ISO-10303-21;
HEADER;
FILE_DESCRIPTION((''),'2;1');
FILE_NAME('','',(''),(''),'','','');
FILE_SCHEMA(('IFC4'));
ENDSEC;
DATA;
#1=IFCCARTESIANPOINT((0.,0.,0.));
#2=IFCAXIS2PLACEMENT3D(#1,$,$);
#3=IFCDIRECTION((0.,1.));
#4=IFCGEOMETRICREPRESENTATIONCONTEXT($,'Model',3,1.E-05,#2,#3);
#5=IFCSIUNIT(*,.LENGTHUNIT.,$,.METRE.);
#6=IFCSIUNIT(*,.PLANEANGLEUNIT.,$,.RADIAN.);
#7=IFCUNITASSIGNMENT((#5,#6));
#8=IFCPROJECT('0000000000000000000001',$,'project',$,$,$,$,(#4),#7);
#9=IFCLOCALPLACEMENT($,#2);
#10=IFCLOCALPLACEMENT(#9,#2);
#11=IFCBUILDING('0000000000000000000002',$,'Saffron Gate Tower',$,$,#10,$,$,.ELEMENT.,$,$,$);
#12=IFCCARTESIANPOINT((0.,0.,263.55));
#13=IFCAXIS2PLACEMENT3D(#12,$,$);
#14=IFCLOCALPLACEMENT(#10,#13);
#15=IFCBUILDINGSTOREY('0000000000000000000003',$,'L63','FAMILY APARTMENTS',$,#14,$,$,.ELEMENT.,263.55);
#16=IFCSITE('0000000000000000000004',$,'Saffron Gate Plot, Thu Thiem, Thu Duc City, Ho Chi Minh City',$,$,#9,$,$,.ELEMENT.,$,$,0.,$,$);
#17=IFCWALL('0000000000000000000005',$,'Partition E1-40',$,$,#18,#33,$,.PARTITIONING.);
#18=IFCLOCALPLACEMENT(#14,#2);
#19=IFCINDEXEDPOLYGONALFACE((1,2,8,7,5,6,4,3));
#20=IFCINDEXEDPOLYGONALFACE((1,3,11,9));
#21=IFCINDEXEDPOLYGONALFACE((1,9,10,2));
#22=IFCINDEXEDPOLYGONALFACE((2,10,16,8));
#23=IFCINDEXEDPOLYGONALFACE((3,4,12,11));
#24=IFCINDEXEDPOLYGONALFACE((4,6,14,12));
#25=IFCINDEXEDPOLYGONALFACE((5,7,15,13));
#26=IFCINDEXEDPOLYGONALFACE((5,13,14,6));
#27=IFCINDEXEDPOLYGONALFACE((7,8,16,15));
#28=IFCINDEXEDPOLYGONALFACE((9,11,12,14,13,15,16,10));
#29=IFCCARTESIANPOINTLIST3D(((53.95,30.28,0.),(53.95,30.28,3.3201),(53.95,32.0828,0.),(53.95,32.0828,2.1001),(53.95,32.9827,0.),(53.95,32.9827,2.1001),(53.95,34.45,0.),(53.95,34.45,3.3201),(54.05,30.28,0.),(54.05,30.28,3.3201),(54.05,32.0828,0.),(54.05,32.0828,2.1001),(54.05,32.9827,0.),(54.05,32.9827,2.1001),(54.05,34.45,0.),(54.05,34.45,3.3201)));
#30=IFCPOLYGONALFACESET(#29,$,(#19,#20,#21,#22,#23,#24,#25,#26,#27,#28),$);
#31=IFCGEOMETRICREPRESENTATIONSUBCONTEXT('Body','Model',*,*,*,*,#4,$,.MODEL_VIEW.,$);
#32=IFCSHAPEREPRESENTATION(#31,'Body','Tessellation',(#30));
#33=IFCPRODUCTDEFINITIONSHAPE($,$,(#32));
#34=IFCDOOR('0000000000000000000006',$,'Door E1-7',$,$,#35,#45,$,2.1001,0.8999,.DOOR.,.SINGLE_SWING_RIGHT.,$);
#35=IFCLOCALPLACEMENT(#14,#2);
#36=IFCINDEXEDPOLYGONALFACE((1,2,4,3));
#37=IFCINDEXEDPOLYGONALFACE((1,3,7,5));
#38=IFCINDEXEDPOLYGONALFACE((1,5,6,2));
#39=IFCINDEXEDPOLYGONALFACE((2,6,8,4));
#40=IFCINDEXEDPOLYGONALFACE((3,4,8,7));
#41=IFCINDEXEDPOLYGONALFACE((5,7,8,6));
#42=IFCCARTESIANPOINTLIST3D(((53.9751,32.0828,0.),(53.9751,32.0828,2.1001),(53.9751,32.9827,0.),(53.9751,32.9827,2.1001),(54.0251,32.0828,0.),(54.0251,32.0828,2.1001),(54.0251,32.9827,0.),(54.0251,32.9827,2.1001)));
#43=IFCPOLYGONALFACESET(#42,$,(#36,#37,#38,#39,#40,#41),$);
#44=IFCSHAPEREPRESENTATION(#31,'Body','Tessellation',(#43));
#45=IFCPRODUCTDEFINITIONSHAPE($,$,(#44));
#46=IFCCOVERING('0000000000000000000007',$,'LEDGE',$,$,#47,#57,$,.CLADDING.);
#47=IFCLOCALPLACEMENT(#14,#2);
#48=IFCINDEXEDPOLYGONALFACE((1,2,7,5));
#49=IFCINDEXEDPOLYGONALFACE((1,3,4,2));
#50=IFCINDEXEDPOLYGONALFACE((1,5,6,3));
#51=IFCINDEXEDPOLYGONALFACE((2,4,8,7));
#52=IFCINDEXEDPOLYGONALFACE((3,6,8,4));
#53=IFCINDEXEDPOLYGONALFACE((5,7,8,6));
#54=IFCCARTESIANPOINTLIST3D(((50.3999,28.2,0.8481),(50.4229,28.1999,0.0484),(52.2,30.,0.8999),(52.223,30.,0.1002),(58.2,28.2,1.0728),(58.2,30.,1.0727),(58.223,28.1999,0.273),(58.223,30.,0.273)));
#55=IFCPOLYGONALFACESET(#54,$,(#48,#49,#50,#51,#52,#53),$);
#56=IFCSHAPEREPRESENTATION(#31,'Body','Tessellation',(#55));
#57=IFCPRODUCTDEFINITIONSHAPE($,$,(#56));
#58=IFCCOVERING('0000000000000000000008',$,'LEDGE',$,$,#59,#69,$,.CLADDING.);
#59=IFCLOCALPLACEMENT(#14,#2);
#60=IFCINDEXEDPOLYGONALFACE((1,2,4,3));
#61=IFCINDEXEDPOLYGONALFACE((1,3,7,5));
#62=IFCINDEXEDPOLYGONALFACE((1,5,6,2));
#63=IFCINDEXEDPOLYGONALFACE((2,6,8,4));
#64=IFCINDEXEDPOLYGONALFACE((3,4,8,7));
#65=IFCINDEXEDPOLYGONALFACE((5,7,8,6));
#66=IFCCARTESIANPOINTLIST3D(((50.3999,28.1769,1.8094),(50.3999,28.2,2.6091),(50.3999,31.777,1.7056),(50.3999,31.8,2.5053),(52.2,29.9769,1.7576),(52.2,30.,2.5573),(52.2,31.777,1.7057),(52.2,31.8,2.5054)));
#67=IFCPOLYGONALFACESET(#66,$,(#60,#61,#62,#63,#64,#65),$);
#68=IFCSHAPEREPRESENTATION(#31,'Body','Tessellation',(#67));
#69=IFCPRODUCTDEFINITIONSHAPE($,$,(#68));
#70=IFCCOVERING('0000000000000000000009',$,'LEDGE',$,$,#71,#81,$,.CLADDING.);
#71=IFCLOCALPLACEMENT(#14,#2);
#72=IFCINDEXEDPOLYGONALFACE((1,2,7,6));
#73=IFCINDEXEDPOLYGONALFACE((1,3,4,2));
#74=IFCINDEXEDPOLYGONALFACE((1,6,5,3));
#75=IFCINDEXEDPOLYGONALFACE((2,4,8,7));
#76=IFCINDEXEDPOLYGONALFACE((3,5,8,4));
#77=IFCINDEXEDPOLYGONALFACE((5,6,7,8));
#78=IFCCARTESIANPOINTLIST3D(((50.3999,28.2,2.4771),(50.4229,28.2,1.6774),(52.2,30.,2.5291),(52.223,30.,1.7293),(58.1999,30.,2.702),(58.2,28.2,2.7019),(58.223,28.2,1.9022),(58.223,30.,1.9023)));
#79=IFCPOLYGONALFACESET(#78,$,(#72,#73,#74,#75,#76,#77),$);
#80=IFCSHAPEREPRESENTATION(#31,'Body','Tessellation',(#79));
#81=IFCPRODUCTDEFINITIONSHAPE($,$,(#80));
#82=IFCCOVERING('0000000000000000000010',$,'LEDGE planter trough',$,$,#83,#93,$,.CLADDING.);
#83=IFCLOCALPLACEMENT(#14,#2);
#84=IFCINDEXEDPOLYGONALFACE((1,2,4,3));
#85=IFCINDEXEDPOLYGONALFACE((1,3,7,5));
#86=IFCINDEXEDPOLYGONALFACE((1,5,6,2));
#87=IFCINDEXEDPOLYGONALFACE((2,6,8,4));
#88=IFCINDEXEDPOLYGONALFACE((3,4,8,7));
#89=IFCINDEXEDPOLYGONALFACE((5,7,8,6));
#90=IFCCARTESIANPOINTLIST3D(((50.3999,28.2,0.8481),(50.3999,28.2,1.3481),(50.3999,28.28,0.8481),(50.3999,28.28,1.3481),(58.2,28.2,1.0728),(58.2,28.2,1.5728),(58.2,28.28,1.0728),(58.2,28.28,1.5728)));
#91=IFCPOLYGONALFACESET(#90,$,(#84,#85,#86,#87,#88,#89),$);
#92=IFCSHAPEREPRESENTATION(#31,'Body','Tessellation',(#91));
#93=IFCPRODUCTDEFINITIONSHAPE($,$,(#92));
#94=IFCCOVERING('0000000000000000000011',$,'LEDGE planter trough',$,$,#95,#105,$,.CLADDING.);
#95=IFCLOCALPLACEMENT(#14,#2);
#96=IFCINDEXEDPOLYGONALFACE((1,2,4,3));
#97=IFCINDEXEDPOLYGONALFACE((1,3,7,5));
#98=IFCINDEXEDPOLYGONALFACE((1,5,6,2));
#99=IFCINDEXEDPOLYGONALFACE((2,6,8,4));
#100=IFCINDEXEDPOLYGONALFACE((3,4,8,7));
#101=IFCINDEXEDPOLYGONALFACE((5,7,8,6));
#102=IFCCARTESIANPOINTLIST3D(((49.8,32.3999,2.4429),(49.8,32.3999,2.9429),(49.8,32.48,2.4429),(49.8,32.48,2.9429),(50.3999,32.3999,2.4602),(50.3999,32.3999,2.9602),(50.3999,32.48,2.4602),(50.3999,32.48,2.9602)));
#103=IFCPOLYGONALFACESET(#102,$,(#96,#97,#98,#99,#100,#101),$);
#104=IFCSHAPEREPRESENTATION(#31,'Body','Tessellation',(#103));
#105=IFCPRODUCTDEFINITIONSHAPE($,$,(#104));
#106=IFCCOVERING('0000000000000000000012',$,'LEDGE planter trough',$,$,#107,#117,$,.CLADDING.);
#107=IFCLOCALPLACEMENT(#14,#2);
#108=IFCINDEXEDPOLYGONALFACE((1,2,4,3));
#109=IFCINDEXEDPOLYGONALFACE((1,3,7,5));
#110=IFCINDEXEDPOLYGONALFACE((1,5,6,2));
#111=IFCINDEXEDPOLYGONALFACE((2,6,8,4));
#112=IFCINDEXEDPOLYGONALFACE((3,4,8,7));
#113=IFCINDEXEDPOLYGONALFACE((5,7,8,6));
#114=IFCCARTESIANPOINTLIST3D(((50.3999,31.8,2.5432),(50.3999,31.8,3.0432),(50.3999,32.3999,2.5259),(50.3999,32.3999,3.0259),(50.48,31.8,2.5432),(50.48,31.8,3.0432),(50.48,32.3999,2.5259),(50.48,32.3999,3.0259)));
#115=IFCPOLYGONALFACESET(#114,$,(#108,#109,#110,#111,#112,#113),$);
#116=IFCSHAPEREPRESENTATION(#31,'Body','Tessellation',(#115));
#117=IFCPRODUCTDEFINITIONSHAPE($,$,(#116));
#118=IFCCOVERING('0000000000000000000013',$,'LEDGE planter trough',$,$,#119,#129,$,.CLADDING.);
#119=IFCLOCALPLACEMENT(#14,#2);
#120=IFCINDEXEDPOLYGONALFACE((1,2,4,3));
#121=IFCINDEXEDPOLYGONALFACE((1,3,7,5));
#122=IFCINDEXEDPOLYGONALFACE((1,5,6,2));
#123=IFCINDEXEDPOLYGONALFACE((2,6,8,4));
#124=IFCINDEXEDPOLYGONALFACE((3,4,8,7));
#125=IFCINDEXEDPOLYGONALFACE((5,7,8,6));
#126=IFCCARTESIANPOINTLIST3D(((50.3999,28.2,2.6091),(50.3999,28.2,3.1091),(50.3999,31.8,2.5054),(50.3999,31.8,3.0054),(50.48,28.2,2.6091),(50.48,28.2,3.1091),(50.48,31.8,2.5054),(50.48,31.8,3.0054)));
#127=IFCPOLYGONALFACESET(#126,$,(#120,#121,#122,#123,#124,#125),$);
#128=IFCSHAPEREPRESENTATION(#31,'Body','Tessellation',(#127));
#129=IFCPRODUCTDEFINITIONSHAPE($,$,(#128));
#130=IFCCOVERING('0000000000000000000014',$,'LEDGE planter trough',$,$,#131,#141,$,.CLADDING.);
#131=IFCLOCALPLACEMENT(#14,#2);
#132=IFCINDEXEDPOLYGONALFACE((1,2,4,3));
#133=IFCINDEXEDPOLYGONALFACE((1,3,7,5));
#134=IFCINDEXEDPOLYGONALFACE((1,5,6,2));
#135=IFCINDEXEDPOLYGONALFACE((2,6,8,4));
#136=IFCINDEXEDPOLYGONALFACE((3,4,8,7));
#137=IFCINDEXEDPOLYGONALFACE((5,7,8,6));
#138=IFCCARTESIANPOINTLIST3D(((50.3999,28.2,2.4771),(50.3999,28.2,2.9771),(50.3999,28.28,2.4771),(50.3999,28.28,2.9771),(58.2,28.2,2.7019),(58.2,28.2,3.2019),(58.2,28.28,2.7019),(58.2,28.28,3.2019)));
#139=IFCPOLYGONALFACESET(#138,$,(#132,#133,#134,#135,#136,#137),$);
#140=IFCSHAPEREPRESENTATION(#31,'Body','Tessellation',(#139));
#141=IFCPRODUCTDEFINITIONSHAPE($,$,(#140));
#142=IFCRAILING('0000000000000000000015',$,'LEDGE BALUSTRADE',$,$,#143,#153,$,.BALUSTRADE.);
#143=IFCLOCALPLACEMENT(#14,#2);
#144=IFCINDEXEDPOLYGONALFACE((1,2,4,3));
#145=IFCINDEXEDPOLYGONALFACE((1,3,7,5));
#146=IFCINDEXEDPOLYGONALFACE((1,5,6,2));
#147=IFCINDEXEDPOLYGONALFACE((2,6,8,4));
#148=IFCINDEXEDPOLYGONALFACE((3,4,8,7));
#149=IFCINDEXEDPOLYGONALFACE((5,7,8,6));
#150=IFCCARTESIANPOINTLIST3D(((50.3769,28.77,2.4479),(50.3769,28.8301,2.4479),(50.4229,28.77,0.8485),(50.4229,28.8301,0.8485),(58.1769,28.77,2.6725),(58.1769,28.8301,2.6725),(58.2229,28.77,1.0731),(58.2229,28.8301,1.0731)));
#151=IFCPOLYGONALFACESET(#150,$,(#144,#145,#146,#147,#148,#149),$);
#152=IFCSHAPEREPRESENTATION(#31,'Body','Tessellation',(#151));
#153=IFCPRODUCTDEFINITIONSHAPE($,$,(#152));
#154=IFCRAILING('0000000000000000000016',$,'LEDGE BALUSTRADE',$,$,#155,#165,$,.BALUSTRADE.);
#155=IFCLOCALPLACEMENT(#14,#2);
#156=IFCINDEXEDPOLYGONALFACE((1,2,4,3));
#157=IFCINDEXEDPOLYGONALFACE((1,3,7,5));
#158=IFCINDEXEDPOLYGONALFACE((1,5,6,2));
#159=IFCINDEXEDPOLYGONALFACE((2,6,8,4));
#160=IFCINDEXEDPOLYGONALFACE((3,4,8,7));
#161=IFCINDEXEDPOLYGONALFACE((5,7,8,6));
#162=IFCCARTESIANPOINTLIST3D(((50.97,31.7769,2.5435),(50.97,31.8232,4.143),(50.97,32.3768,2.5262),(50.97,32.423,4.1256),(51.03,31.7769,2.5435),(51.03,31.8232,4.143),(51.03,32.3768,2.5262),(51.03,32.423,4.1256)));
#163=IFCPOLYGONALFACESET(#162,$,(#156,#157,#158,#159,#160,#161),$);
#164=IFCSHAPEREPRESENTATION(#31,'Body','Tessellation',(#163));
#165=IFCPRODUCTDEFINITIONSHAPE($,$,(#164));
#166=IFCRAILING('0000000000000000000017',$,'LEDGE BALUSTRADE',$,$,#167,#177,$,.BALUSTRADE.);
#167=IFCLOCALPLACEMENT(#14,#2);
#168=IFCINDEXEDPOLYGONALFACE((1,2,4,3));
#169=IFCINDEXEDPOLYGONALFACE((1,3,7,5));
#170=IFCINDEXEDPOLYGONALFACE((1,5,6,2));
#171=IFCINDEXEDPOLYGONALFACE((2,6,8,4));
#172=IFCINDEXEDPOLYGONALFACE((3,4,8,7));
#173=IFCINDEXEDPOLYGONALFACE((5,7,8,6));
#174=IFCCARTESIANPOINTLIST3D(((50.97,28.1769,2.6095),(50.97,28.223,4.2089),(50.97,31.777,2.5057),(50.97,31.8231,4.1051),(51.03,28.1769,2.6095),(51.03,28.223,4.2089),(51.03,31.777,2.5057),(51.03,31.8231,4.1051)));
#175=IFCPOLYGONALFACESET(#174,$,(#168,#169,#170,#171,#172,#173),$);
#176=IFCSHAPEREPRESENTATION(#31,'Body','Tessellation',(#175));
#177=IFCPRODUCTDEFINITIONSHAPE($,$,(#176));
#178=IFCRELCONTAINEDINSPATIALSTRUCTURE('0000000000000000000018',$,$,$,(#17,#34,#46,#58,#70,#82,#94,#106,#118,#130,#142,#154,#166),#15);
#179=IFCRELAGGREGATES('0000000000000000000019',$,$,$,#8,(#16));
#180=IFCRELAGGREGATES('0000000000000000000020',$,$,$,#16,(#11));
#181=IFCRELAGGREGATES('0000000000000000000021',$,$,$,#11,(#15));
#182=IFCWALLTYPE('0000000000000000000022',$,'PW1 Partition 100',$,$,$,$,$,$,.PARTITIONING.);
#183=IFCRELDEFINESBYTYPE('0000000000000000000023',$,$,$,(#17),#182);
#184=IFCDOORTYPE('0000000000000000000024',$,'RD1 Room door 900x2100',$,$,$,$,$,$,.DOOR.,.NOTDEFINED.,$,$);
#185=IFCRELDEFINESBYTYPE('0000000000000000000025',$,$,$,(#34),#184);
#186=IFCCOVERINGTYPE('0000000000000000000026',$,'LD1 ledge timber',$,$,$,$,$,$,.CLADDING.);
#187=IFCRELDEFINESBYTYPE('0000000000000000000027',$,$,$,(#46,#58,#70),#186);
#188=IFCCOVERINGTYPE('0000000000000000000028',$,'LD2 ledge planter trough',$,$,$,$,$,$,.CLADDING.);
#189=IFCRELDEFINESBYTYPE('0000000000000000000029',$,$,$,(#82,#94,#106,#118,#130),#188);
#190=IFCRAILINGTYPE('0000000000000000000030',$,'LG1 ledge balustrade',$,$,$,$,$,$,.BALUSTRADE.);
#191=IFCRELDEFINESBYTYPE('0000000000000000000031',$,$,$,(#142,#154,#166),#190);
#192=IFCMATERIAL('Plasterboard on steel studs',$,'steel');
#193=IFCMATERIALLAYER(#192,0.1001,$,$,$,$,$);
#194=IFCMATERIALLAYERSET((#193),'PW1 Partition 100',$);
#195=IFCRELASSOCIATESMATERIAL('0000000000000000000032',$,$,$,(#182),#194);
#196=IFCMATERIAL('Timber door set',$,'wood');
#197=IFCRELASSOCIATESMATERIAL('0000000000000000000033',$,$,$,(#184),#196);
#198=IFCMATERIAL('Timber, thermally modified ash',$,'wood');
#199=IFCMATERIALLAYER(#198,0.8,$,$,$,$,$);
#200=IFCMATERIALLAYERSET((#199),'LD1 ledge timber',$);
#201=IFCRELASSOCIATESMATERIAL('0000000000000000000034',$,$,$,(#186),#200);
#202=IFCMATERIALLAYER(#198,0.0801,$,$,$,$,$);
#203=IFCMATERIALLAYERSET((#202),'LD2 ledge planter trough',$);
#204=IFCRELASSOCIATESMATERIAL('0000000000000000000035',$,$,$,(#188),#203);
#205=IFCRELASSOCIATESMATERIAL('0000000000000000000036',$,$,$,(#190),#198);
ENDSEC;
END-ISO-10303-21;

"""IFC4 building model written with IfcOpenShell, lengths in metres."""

from ifc_helpers import new_model, si_unit, direction, frame, frame_2d, origin, origin_2d, place, context, subcontext, project, spatial, polyline, rectangle, outline, extrude, material, layer, layer_set, type_object, element, fill, save


model = new_model("IFC4")

# Units and contexts
model_context = context("Model", 3, precision=1e-05, world=origin(), true_north=direction((0.0, 1.0)))
body_context = subcontext(model_context, "Body", "Model", "MODEL_VIEW")
ifc_project = project(units=[si_unit("LENGTHUNIT", "METRE"), si_unit("PLANEANGLEUNIT", "RADIAN")], contexts=[model_context])

# Site, building, storey
site_placement = place(None, origin())
site = spatial("IfcSite", under=ifc_project, at=site_placement, Name="Saffron Gate Plot, Thu Thiem, Thu Duc City, Ho Chi Minh City", CompositionType="ELEMENT", RefElevation=0.0)
building_placement = place(site_placement, origin())
building = spatial("IfcBuilding", under=site, at=building_placement, Name="Saffron Gate Tower", CompositionType="ELEMENT")
storey_placement = place(building_placement, frame((0.0, 0.0, 263.55)))
storey = spatial("IfcBuildingStorey", under=building, at=storey_placement, Name="L63", Description="FAMILY APARTMENTS", CompositionType="ELEMENT", Elevation=263.55)

# Wall, opening, door
ifc_material_1 = material(Name="Plasterboard on steel studs", Category="steel")
ifc_layer_1 = layer(ifc_material_1, 0.1001)
ifc_layer_set_1 = layer_set([ifc_layer_1], Name="PW1 Partition 100")
wall_type = type_object("IfcWallType", Name="PW1 Partition 100", PredefinedType="PARTITIONING", material=ifc_layer_set_1)
wall_placement = place(storey_placement, frame((54.0, 30.28, 0.0), z_axis=(0.0, 0.0, 1.0), x_axis=(0.0, 1.0, 0.0)))
wall = element("IfcWall", 1, at=wall_placement, inside=storey, type_object=wall_type, Name="Partition E1-40", PredefinedType="PARTITIONING", context=body_context, shape_type="SweptSolid", body=[
    extrude(rectangle(XDim=4.1699, YDim=0.1001, at=frame_2d((2.085, 0.0))), origin(), (0.0, 0.0, 1.0), 3.3201),
])
opening_1_placement = place(wall_placement, frame((1.8027, 0.0, 0.0)))
opening_1 = element("IfcOpeningElement", 2, at=opening_1_placement, cuts=wall, PredefinedType="OPENING", context=body_context, shape_type="SweptSolid", body=[
    extrude(rectangle(XDim=0.8999, YDim=2.1001, at=frame_2d((0.45, 1.05))), frame((0.0, 0.0601, 0.0), z_axis=(0.0, -1.0, 0.0), x_axis=(1.0, 0.0, 0.0)), (0.0, 0.0, 1.0), 0.1201),
])
ifc_material_2 = material(Name="Timber door set", Category="wood")
door_type = type_object("IfcDoorType", Name="RD1 Room door 900x2100", OperationType="NOTDEFINED", PredefinedType="DOOR", material=ifc_material_2)
door_placement = place(opening_1_placement, origin())
door = element("IfcDoor", 3, at=door_placement, inside=storey, type_object=door_type, Name="Door E1-7", OperationType="SINGLE_SWING_RIGHT", OverallHeight=2.1001, OverallWidth=0.8999, PredefinedType="DOOR", context=body_context, shape_type="SweptSolid", body=[
    extrude(rectangle(XDim=0.8999, YDim=2.1001, at=frame_2d((0.45, 1.05))), frame((0.0, 0.0249, 0.0), z_axis=(0.0, -1.0, 0.0), x_axis=(1.0, 0.0, 0.0)), (0.0, 0.0, 1.0), 0.05),
])
fill(opening_1, door)

# Coverings
ifc_material_3 = material(Name="Timber, thermally modified ash", Category="wood")
ifc_layer_2 = layer(ifc_material_3, 0.8)
ifc_layer_set_2 = layer_set([ifc_layer_2], Name="LD1 ledge timber")
covering_type_1 = type_object("IfcCoveringType", Name="LD1 ledge timber", PredefinedType="CLADDING", material=ifc_layer_set_2)
covering_1_placement = place(storey_placement, frame((52.2, 30.0, 0.8999), z_axis=(-0.028789, 0.000024, 0.999585), x_axis=(0.999585, 0.0, 0.028789)))
element("IfcCovering", 4, at=covering_1_placement, inside=storey, type_object=covering_type_1, Name="LEDGE", PredefinedType="CLADDING", context=body_context, shape_type="SweptSolid", body=[
    extrude(outline(polyline([(0.0, 0.0), (6.0025, 0.0), (6.0025, -1.8), (-1.8008, -1.8), (0.0, 0.0)])), origin(), (0.0, 0.0, -1.0), 0.8),
])
covering_2_placement = place(storey_placement, frame((52.2, 31.8, 2.5054), z_axis=(-0.000045, 0.028832, 0.999584), x_axis=(0.0, -0.999584, 0.028832)))
element("IfcCovering", 5, at=covering_2_placement, inside=storey, type_object=covering_type_1, Name="LEDGE", PredefinedType="CLADDING", context=body_context, shape_type="SweptSolid", body=[
    extrude(outline(polyline([(0.0, 0.0), (1.8008, 0.0), (3.6016, -1.8), (0.0, -1.8), (0.0, 0.0)])), origin(), (0.0, 0.0, -1.0), 0.8),
])
covering_3_placement = place(storey_placement, frame((52.2, 30.0, 2.5291), z_axis=(-0.028807, -0.000035, 0.999585), x_axis=(0.999585, 0.0, 0.028807)))
element("IfcCovering", 6, at=covering_3_placement, inside=storey, type_object=covering_type_1, Name="LEDGE", PredefinedType="CLADDING", context=body_context, shape_type="SweptSolid", body=[
    extrude(outline(polyline([(0.0, 0.0), (6.0025, 0.0), (6.0025, -1.8), (-1.8008, -1.8), (0.0, 0.0)])), origin(), (0.0, 0.0, -1.0), 0.8),
])
ifc_layer_3 = layer(ifc_material_3, 0.0801)
ifc_layer_set_3 = layer_set([ifc_layer_3], Name="LD2 ledge planter trough")
covering_type_2 = type_object("IfcCoveringType", Name="LD2 ledge planter trough", PredefinedType="CLADDING", material=ifc_layer_set_3)
covering_4_placement = place(storey_placement, frame((50.3999, 28.2, 0.8481), z_axis=(0.0, -1.0, 0.0), x_axis=(0.999586, 0.0, 0.028784)))
element("IfcCovering", 7, at=covering_4_placement, inside=storey, type_object=covering_type_2, Name="LEDGE planter trough", PredefinedType="CLADDING", context=body_context, shape_type="SweptSolid", body=[
    extrude(outline(polyline([(0.0, 0.0), (7.8033, 0.0), (7.8177, 0.4998), (0.0144, 0.4998), (0.0, 0.0)])), origin(), (0.0, 0.0, -1.0), 0.0801),
])
for number, where, z_axis, x_axis, name in (
    (8, (49.8, 32.3999, 2.4429), (0.0, -1.0, 0.0), (0.999583, 0.0, 0.028885), "LEDGE planter trough"),
    (9, (50.3999, 32.3999, 2.5259), (-1.0, 0.0, 0.0), (0.0, -0.999583, 0.028885), "LEDGE planter trough"),
):
    element("IfcCovering", number, at=place(storey_placement, frame(where, z_axis=z_axis, x_axis=x_axis)), inside=storey, type_object=covering_type_2, Name=name, PredefinedType="CLADDING", context=body_context, shape_type="SweptSolid", body=[
        extrude(outline(polyline([(0.0, 0.0), (0.6001, 0.0), (0.6145, 0.4998), (0.0144, 0.4998), (0.0, 0.0)])), origin(), (0.0, 0.0, -1.0), 0.0801),
    ])
covering_5_placement = place(storey_placement, frame((50.3999, 31.8, 2.5054), z_axis=(-1.0, 0.0, 0.0), x_axis=(0.0, -0.999585, 0.028809)))
element("IfcCovering", 10, at=covering_5_placement, inside=storey, type_object=covering_type_2, Name="LEDGE planter trough", PredefinedType="CLADDING", context=body_context, shape_type="SweptSolid", body=[
    extrude(outline(polyline([(0.0, 0.0), (3.6016, 0.0), (3.616, 0.4998), (0.0144, 0.4998), (0.0, 0.0)])), origin(), (0.0, 0.0, -1.0), 0.0801),
])
covering_6_placement = place(storey_placement, frame((50.3999, 28.2, 2.4771), z_axis=(0.0, -1.0, 0.0), x_axis=(0.999585, 0.0, 0.028815)))
element("IfcCovering", 11, at=covering_6_placement, inside=storey, type_object=covering_type_2, Name="LEDGE planter trough", PredefinedType="CLADDING", context=body_context, shape_type="SweptSolid", body=[
    extrude(outline(polyline([(0.0, 0.0), (7.8033, 0.0), (7.8177, 0.4998), (0.0144, 0.4998), (0.0, 0.0)])), origin(), (0.0, 0.0, -1.0), 0.0801),
])

# Railings
railing_type = type_object("IfcRailingType", Name="LG1 ledge balustrade", PredefinedType="BALUSTRADE", material=ifc_material_3)
railing_1_placement = place(storey_placement, frame((50.3999, 28.8, 0.8481)))
element("IfcRailing", 12, at=railing_1_placement, inside=storey, type_object=railing_type, Name="LEDGE BALUSTRADE", PredefinedType="BALUSTRADE", context=body_context, shape_type="SweptSolid", body=[
    extrude(rectangle(XDim=0.0601, YDim=1.6001, at=origin_2d()), frame((0.0, 0.0, 0.8), z_axis=(0.999586, 0.0, 0.028784), x_axis=(0.0, 1.0, 0.0)), (0.0, 0.0, 1.0), 7.8032),
])
railing_2_placement = place(storey_placement, frame((51.0, 32.3999, 2.5259)))
element("IfcRailing", 13, at=railing_2_placement, inside=storey, type_object=railing_type, Name="LEDGE BALUSTRADE", PredefinedType="BALUSTRADE", context=body_context, shape_type="SweptSolid", body=[
    extrude(rectangle(XDim=0.0601, YDim=1.6001, at=origin_2d()), frame((0.0, 0.0, 0.8), z_axis=(0.0, -0.999583, 0.028885), x_axis=(1.0, 0.0, 0.0)), (0.0, 0.0, 1.0), 0.6001),
])
railing_3_placement = place(storey_placement, frame((51.0, 31.8, 2.5054)))
element("IfcRailing", 14, at=railing_3_placement, inside=storey, type_object=railing_type, Name="LEDGE BALUSTRADE", PredefinedType="BALUSTRADE", context=body_context, shape_type="SweptSolid", body=[
    extrude(rectangle(XDim=0.0601, YDim=1.6001, at=origin_2d()), frame((0.0, 0.0, 0.8), z_axis=(0.0, -0.999585, 0.028809), x_axis=(1.0, 0.0, 0.0)), (0.0, 0.0, 1.0), 3.6016),
])

save(model, "model.ifc")
